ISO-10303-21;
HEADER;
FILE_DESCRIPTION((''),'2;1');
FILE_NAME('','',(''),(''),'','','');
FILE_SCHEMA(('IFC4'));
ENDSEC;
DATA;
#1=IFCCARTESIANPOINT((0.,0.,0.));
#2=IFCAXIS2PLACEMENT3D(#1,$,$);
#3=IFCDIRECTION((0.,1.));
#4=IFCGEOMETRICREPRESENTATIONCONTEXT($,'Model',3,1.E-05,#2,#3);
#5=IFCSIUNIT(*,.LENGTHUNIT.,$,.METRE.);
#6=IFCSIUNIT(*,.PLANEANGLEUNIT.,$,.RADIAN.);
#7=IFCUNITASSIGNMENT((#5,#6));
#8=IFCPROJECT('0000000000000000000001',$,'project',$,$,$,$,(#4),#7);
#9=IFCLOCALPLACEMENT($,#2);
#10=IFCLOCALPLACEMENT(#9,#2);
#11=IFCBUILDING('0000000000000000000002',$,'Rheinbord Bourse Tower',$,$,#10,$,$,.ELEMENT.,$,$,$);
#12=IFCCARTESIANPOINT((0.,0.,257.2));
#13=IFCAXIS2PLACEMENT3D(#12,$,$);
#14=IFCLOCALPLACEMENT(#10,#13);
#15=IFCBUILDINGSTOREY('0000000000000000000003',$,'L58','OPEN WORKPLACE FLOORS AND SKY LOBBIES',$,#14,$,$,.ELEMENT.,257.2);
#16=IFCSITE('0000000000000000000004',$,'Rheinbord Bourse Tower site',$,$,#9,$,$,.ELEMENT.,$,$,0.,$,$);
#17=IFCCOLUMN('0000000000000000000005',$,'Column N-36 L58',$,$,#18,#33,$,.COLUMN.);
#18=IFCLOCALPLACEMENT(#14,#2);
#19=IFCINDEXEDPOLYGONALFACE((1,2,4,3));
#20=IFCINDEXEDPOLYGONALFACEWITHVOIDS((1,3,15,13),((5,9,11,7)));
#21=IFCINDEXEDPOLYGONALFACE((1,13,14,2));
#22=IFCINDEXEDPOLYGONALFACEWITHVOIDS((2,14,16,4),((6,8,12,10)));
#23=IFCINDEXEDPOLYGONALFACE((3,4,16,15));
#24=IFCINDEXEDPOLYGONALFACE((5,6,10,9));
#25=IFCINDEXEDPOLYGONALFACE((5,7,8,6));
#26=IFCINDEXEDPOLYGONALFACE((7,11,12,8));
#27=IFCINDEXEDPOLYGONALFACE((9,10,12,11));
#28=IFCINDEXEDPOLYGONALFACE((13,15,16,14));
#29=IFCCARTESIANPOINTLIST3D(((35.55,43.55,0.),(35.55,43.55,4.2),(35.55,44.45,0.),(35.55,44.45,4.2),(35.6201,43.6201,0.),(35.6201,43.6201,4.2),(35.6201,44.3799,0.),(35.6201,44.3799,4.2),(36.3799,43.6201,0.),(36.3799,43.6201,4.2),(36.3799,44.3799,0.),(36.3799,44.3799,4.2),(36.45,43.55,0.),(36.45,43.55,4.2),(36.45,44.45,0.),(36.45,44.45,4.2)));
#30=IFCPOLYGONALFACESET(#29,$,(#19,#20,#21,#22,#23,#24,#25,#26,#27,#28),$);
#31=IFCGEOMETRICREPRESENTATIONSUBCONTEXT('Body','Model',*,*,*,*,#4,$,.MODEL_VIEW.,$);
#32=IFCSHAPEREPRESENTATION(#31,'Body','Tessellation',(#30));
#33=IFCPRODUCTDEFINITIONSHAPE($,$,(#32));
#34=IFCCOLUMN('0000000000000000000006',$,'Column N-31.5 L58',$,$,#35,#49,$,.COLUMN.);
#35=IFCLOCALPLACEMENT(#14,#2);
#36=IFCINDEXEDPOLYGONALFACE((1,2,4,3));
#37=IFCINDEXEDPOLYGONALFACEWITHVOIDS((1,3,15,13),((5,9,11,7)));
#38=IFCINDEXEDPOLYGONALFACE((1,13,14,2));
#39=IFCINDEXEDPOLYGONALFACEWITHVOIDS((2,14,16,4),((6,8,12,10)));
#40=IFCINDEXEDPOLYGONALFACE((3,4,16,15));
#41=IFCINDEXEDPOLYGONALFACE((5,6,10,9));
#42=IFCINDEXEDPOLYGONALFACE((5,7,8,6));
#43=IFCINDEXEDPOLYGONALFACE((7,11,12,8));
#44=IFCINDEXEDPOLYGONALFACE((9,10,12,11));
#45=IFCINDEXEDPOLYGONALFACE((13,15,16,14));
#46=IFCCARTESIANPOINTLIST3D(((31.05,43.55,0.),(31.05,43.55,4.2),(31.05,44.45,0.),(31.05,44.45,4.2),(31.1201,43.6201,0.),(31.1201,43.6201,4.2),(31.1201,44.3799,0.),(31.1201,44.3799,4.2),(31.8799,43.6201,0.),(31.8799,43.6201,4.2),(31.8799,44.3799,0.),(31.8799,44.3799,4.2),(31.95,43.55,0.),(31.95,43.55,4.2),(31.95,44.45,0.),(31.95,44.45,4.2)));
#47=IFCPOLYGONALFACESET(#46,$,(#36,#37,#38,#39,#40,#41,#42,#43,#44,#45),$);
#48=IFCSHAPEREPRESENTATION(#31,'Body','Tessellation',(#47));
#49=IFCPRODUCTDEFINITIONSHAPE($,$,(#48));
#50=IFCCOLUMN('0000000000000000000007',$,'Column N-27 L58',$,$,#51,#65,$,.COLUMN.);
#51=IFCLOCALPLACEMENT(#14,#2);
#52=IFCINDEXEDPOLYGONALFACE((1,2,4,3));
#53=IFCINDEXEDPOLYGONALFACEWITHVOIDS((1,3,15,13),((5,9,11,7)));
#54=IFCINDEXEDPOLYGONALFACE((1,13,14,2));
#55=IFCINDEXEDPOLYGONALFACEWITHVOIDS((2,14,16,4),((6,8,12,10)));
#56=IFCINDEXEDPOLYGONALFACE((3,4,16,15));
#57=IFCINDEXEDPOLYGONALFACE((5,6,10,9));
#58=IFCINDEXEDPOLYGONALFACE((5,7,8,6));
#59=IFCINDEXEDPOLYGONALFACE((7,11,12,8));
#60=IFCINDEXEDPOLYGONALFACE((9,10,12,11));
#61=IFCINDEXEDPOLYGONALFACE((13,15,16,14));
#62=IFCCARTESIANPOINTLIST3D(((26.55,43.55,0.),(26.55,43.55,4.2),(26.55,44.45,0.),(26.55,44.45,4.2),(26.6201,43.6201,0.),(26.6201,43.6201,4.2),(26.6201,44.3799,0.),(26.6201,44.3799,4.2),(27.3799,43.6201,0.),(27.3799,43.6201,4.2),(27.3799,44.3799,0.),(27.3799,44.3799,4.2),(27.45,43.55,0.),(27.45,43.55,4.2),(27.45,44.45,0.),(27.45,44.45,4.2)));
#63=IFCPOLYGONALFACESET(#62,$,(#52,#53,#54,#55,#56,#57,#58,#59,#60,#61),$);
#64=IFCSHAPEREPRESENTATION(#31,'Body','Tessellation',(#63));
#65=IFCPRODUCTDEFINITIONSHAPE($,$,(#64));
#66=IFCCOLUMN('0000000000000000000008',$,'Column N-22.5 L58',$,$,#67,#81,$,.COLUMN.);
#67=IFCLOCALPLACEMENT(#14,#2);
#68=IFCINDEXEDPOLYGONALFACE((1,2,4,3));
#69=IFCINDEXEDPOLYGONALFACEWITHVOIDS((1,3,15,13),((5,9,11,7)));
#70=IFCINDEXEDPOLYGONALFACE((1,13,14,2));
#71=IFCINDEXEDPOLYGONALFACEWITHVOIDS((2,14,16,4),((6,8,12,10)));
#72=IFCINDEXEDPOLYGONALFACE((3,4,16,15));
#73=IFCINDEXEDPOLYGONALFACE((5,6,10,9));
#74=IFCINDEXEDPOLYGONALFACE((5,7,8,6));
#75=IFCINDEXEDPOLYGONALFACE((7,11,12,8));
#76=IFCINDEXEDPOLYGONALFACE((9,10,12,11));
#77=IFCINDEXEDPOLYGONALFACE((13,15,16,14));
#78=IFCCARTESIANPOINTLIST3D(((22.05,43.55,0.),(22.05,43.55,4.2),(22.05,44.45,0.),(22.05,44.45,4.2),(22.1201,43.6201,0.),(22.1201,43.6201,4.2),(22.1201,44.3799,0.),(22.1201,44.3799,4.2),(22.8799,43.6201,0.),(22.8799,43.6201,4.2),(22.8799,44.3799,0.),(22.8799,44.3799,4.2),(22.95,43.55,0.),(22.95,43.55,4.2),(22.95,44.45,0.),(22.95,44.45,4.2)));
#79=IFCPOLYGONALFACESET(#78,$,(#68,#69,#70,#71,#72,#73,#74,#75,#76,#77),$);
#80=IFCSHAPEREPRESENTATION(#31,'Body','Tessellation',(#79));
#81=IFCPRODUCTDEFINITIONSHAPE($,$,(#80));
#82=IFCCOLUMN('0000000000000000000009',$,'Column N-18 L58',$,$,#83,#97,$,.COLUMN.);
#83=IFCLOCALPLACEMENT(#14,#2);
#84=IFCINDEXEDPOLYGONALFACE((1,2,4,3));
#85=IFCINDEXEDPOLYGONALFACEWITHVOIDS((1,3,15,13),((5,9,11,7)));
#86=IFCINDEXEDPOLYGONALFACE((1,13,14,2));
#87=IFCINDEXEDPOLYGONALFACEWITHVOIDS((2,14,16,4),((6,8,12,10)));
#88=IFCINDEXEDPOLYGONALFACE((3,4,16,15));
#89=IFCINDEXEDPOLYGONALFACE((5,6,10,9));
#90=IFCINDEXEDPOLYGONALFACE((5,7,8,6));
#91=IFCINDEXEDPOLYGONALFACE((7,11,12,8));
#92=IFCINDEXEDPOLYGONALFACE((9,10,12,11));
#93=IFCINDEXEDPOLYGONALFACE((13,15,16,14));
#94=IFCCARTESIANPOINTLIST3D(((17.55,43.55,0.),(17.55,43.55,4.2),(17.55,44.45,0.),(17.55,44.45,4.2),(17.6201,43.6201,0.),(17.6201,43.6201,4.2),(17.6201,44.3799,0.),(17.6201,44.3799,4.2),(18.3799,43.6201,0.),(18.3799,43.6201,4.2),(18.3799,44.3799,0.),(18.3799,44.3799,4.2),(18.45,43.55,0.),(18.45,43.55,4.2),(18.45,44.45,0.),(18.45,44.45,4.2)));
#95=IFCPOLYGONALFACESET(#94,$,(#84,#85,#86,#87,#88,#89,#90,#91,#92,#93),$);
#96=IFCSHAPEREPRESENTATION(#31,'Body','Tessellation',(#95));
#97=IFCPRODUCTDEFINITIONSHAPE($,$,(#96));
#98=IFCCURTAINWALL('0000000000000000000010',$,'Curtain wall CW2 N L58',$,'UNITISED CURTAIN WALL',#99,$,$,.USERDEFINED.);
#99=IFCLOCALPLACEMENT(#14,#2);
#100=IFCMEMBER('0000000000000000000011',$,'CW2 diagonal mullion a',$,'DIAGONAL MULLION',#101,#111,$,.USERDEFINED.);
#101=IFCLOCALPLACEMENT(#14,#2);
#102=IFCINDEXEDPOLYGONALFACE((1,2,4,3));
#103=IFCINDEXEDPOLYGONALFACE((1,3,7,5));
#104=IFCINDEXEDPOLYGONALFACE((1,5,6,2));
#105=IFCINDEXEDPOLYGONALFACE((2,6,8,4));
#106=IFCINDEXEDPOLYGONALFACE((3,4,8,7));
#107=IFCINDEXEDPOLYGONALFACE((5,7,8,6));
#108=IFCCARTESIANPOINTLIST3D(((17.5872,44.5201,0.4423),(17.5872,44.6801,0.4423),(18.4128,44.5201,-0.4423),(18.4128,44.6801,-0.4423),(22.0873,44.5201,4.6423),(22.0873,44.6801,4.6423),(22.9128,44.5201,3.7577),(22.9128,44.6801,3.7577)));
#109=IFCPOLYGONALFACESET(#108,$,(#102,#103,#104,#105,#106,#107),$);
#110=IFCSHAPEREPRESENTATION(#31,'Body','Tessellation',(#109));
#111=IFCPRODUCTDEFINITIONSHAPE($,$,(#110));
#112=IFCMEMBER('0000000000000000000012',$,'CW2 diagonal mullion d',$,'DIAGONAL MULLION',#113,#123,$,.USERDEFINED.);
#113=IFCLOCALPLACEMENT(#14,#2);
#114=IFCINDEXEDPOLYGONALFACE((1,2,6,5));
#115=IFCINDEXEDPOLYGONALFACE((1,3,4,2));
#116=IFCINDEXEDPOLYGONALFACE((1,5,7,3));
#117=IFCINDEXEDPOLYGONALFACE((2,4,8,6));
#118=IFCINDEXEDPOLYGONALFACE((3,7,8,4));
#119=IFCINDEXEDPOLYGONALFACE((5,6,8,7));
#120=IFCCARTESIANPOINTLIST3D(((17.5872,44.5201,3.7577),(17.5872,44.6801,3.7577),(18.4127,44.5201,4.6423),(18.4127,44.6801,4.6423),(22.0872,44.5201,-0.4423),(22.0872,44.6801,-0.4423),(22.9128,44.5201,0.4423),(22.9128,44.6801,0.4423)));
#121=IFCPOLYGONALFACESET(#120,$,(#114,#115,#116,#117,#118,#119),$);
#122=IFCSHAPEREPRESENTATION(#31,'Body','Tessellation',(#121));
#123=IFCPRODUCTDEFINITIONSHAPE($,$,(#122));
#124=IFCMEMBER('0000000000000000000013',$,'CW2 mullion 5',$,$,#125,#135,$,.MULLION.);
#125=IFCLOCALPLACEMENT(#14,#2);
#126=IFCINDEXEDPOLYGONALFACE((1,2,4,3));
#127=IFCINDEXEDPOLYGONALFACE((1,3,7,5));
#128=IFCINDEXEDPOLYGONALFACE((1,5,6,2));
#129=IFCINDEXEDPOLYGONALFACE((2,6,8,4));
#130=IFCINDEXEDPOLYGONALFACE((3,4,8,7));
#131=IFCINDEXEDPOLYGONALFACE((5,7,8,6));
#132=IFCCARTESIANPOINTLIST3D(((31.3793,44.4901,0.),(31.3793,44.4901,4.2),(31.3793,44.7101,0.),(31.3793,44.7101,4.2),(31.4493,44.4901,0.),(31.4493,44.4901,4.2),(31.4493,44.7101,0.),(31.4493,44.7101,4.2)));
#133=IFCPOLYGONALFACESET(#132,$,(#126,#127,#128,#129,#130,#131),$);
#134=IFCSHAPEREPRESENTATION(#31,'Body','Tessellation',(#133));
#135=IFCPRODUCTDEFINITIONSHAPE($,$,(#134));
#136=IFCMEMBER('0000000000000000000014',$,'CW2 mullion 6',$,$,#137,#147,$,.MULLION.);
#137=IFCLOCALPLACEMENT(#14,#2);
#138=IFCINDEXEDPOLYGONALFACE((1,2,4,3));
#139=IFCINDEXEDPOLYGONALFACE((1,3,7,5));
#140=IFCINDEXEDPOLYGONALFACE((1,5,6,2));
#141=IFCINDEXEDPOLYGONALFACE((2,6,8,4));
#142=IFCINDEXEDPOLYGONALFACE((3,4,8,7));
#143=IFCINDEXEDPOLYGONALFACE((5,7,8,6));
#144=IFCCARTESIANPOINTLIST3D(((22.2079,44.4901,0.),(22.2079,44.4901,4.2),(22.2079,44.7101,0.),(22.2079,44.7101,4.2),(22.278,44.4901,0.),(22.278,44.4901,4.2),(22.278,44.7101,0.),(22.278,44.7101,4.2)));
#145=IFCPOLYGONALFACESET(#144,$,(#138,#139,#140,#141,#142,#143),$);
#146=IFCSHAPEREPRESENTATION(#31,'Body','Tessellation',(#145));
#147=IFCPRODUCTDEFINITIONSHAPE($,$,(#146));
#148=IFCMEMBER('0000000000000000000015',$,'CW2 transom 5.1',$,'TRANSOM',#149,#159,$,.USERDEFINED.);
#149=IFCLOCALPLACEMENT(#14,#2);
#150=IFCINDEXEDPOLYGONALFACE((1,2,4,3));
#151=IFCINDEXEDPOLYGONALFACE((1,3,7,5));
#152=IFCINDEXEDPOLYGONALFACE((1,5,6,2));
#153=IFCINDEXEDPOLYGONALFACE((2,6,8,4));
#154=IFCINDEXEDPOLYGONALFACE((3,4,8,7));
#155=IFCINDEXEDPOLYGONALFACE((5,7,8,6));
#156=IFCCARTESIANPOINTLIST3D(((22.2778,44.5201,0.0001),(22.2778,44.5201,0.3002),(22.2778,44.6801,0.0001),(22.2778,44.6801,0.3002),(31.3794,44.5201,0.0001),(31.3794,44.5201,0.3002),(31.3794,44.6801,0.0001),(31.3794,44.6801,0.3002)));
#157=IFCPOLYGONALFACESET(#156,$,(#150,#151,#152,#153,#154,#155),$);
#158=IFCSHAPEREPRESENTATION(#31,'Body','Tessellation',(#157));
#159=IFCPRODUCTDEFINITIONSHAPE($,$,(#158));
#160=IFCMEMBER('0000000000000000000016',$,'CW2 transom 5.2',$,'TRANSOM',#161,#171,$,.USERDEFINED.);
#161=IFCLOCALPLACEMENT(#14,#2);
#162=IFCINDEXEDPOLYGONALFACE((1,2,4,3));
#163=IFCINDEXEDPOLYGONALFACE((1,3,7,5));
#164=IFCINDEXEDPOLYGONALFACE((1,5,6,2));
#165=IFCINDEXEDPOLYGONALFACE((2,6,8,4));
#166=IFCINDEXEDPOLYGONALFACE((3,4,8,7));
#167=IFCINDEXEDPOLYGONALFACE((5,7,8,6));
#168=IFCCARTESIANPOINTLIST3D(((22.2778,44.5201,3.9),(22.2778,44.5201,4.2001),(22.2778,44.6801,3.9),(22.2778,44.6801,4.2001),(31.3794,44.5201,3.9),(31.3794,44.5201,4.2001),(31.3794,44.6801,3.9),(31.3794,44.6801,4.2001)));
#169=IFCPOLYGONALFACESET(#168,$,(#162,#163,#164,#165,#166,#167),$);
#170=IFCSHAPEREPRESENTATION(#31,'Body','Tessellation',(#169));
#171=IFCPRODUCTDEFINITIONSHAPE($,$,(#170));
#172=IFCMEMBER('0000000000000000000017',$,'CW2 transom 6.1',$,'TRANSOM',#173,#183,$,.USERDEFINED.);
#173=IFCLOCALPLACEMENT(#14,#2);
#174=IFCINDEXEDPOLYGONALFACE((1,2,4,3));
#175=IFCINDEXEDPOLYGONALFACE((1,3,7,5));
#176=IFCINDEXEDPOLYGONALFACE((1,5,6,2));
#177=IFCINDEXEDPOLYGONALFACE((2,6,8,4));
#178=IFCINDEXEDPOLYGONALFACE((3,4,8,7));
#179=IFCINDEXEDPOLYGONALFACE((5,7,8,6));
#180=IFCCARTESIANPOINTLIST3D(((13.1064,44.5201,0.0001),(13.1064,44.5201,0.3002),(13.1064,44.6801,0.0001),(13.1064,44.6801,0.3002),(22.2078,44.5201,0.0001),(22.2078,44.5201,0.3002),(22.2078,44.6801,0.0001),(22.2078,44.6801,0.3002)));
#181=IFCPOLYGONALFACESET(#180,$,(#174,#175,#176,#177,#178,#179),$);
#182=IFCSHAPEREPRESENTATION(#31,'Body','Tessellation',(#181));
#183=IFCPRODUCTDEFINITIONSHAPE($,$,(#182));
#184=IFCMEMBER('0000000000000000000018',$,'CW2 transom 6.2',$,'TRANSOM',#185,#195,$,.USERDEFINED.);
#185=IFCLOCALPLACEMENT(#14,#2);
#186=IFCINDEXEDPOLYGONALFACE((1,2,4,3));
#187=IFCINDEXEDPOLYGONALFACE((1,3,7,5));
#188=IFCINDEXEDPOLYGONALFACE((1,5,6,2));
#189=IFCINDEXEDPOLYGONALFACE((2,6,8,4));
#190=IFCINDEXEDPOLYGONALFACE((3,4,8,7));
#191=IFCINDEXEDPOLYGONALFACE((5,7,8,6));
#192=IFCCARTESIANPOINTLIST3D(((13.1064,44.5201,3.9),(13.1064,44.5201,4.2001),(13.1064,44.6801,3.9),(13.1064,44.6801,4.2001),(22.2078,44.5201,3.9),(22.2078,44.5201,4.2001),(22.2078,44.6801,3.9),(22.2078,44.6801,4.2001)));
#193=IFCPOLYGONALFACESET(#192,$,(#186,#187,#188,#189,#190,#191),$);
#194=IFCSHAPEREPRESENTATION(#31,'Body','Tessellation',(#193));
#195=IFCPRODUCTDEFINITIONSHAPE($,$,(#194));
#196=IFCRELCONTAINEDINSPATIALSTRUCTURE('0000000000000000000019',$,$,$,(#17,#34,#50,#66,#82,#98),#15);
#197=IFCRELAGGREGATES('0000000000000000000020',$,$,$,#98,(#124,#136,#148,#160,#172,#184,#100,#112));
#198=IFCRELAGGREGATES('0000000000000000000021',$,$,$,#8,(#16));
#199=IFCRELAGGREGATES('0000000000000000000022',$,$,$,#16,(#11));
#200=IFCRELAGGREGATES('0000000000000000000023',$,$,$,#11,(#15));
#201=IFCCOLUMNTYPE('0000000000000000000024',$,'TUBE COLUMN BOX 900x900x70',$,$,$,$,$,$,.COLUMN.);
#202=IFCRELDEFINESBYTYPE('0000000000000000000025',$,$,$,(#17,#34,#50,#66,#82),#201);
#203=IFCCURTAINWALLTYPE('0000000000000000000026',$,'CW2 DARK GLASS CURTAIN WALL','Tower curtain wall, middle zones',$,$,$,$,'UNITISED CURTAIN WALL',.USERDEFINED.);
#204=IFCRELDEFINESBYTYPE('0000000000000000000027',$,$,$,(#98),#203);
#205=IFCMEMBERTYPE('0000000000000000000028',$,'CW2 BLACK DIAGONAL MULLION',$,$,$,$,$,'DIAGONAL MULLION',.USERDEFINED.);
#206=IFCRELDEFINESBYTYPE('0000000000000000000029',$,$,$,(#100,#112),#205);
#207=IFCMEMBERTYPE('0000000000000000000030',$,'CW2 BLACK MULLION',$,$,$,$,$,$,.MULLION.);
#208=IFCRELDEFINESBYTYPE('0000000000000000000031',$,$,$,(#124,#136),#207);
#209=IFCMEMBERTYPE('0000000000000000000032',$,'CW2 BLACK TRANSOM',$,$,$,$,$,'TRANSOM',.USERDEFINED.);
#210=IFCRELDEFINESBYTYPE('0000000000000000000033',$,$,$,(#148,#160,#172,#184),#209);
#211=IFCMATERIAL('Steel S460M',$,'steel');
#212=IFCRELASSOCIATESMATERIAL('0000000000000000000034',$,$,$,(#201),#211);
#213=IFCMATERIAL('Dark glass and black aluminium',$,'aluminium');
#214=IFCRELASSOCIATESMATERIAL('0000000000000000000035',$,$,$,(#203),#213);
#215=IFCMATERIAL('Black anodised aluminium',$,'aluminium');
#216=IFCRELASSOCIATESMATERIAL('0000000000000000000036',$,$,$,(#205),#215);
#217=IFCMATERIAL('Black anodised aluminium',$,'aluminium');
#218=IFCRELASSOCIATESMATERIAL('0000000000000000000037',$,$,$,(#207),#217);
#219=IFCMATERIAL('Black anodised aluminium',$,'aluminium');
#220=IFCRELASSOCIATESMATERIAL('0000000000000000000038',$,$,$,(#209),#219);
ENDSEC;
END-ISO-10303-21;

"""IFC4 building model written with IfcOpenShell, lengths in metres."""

from ifc_helpers import new_model, si_unit, direction, frame, origin, origin_2d, place, context, subcontext, project, spatial, rectangle, hollow_rectangle, extrude, material, material_profile, profile_set, type_object, element, aggregate, save


model = new_model("IFC4")

# Units and contexts
model_context = context("Model", 3, precision=1e-05, world=origin(), true_north=direction((0.0, 1.0)))
body_context = subcontext(model_context, "Body", "Model", "MODEL_VIEW")
ifc_project = project(units=[si_unit("LENGTHUNIT", "METRE"), si_unit("PLANEANGLEUNIT", "RADIAN")], contexts=[model_context])

# Site, building, storey
site_placement = place(None, origin())
site = spatial("IfcSite", under=ifc_project, at=site_placement, Name="Rheinbord Bourse Tower site", CompositionType="ELEMENT", RefElevation=0.0)
building_placement = place(site_placement, origin())
building = spatial("IfcBuilding", under=site, at=building_placement, Name="Rheinbord Bourse Tower", CompositionType="ELEMENT")
storey_placement = place(building_placement, frame((0.0, 0.0, 257.2)))
storey = spatial("IfcBuildingStorey", under=building, at=storey_placement, Name="L58", Description="OPEN WORKPLACE FLOORS AND SKY LOBBIES", CompositionType="ELEMENT", Elevation=257.2)

# Columns
ifc_material_1 = material(Name="Steel S460M", Category="steel")
ifc_material_profile_1 = material_profile(ifc_material_1, hollow_rectangle(XDim=0.8999, YDim=0.8999, WallThickness=0.0701, at=origin_2d()), Name="BOX 900x900x70")
ifc_profile_set_1 = profile_set([ifc_material_profile_1], Name="Steel S460M")
column_type = type_object("IfcColumnType", Name="TUBE COLUMN BOX 900x900x70", PredefinedType="COLUMN", material=ifc_profile_set_1)
for number, where, z_axis, x_axis, name in (
    (1, (36.0, 44.0, 0.0), (0.0, 0.0, 1.0), (0.0, 1.0, 0.0), "Column N-36 L58"),
    (2, (31.5, 44.0, 0.0), (0.0, 0.0, 1.0), (0.0, 1.0, 0.0), "Column N-31.5 L58"),
    (3, (27.0, 44.0, 0.0), (0.0, 0.0, 1.0), (0.0, 1.0, 0.0), "Column N-27 L58"),
    (4, (22.5, 44.0, 0.0), (0.0, 0.0, 1.0), (0.0, 1.0, 0.0), "Column N-22.5 L58"),
    (5, (18.0, 44.0, 0.0), (0.0, 0.0, 1.0), (0.0, 1.0, 0.0), "Column N-18 L58"),
):
    element("IfcColumn", number, at=place(storey_placement, frame(where, z_axis=z_axis, x_axis=x_axis)), inside=storey, type_object=column_type, Name=name, PredefinedType="COLUMN", context=body_context, shape_type="SweptSolid", body=[
        extrude(hollow_rectangle(XDim=0.8999, YDim=0.8999, WallThickness=0.0701, at=origin_2d()), origin(), (0.0, 0.0, 1.0), 4.2),
    ])

# Curtain wall, members
ifc_material_2 = material(Name="Dark glass and black aluminium", Category="aluminium")
curtain_wall_type = type_object("IfcCurtainWallType", Name="CW2 DARK GLASS CURTAIN WALL", Description="Tower curtain wall, middle zones", ElementType="UNITISED CURTAIN WALL", PredefinedType="USERDEFINED", material=ifc_material_2)
curtain_wall_placement = place(storey_placement, origin())
curtain_wall = element("IfcCurtainWall", 6, at=curtain_wall_placement, inside=storey, type_object=curtain_wall_type, Name="Curtain wall CW2 N L58", ObjectType="UNITISED CURTAIN WALL", PredefinedType="USERDEFINED")
ifc_material_3 = material(Name="Black anodised aluminium", Category="aluminium")
ifc_material_profile_2 = material_profile(ifc_material_3, rectangle(XDim=0.1599, YDim=1.21, at=origin_2d()), Name="CW2 DIAGONAL MULLION 1210x160")
ifc_profile_set_2 = profile_set([ifc_material_profile_2], Name="Black anodised aluminium")
member_type_1 = type_object("IfcMemberType", Name="CW2 BLACK DIAGONAL MULLION", ElementType="DIAGONAL MULLION", PredefinedType="USERDEFINED", material=ifc_profile_set_2)
member_1_placement = place(storey_placement, frame((18.0, 44.6001, 0.0), z_axis=(0.731059, 0.0, 0.682314), x_axis=(0.0, 1.0, 0.0)))
member_1 = element("IfcMember", 7, at=member_1_placement, type_object=member_type_1, Name="CW2 diagonal mullion a", ObjectType="DIAGONAL MULLION", PredefinedType="USERDEFINED", context=body_context, shape_type="SweptSolid", body=[
    extrude(rectangle(XDim=0.1599, YDim=1.21, at=origin_2d()), origin(), (0.0, 0.0, 1.0), 6.1555),
])
member_2_placement = place(storey_placement, frame((22.5, 44.6001, 0.0), z_axis=(-0.731059, 0.0, 0.682314), x_axis=(0.0, -1.0, 0.0)))
member_2 = element("IfcMember", 8, at=member_2_placement, type_object=member_type_1, Name="CW2 diagonal mullion d", ObjectType="DIAGONAL MULLION", PredefinedType="USERDEFINED", context=body_context, shape_type="SweptSolid", body=[
    extrude(rectangle(XDim=0.1599, YDim=1.21, at=origin_2d()), origin(), (0.0, 0.0, 1.0), 6.1555),
])
ifc_material_4 = material(Name="Black anodised aluminium", Category="aluminium")
ifc_material_profile_3 = material_profile(ifc_material_4, rectangle(XDim=0.22, YDim=0.0701, at=origin_2d()), Name="CW2 MULLION 70x220")
ifc_profile_set_3 = profile_set([ifc_material_profile_3], Name="Black anodised aluminium")
member_type_2 = type_object("IfcMemberType", Name="CW2 BLACK MULLION", PredefinedType="MULLION", material=ifc_profile_set_3)
member_3_placement = place(storey_placement, frame((31.4143, 44.6001, 0.0), z_axis=(0.0, 0.0, 1.0), x_axis=(0.0, -1.0, 0.0)))
member_3 = element("IfcMember", 9, at=member_3_placement, type_object=member_type_2, Name="CW2 mullion 5", PredefinedType="MULLION", context=body_context, shape_type="SweptSolid", body=[
    extrude(rectangle(XDim=0.22, YDim=0.0701, at=origin_2d()), origin(), (0.0, 0.0, 1.0), 4.2),
])
member_4_placement = place(storey_placement, frame((22.2429, 44.6001, 0.0), z_axis=(0.0, 0.0, 1.0), x_axis=(0.0, -1.0, 0.0)))
member_4 = element("IfcMember", 10, at=member_4_placement, type_object=member_type_2, Name="CW2 mullion 6", PredefinedType="MULLION", context=body_context, shape_type="SweptSolid", body=[
    extrude(rectangle(XDim=0.22, YDim=0.0701, at=origin_2d()), origin(), (0.0, 0.0, 1.0), 4.2),
])
ifc_material_5 = material(Name="Black anodised aluminium", Category="aluminium")
ifc_material_profile_4 = material_profile(ifc_material_5, rectangle(XDim=0.1599, YDim=0.3, at=origin_2d()), Name="CW2 TRANSOM 300x160")
ifc_profile_set_4 = profile_set([ifc_material_profile_4], Name="Black anodised aluminium")
member_type_3 = type_object("IfcMemberType", Name="CW2 BLACK TRANSOM", ElementType="TRANSOM", PredefinedType="USERDEFINED", material=ifc_profile_set_4)
member_5_placement = place(storey_placement, frame((31.3794, 44.6001, 0.1501), z_axis=(-1.0, 0.0, 0.0), x_axis=(0.0, -1.0, 0.0)))
member_5 = element("IfcMember", 11, at=member_5_placement, type_object=member_type_3, Name="CW2 transom 5.1", ObjectType="TRANSOM", PredefinedType="USERDEFINED", context=body_context, shape_type="SweptSolid", body=[
    extrude(rectangle(XDim=0.1599, YDim=0.3, at=origin_2d()), origin(), (0.0, 0.0, 1.0), 9.1016),
])
member_6_placement = place(storey_placement, frame((31.3794, 44.6001, 4.05), z_axis=(-1.0, 0.0, 0.0), x_axis=(0.0, -1.0, 0.0)))
member_6 = element("IfcMember", 12, at=member_6_placement, type_object=member_type_3, Name="CW2 transom 5.2", ObjectType="TRANSOM", PredefinedType="USERDEFINED", context=body_context, shape_type="SweptSolid", body=[
    extrude(rectangle(XDim=0.1599, YDim=0.3, at=origin_2d()), origin(), (0.0, 0.0, 1.0), 9.1016),
])
member_7_placement = place(storey_placement, frame((22.2078, 44.6001, 0.1501), z_axis=(-1.0, 0.0, 0.0), x_axis=(0.0, -1.0, 0.0)))
member_7 = element("IfcMember", 13, at=member_7_placement, type_object=member_type_3, Name="CW2 transom 6.1", ObjectType="TRANSOM", PredefinedType="USERDEFINED", context=body_context, shape_type="SweptSolid", body=[
    extrude(rectangle(XDim=0.1599, YDim=0.3, at=origin_2d()), origin(), (0.0, 0.0, 1.0), 9.1013),
])
member_8_placement = place(storey_placement, frame((22.2078, 44.6001, 4.05), z_axis=(-1.0, 0.0, 0.0), x_axis=(0.0, -1.0, 0.0)))
member_8 = element("IfcMember", 14, at=member_8_placement, type_object=member_type_3, Name="CW2 transom 6.2", ObjectType="TRANSOM", PredefinedType="USERDEFINED", context=body_context, shape_type="SweptSolid", body=[
    extrude(rectangle(XDim=0.1599, YDim=0.3, at=origin_2d()), origin(), (0.0, 0.0, 1.0), 9.1013),
])

aggregate(curtain_wall, [member_3, member_4, member_5, member_6, member_7, member_8, member_1, member_2])

save(model, "model.ifc")
